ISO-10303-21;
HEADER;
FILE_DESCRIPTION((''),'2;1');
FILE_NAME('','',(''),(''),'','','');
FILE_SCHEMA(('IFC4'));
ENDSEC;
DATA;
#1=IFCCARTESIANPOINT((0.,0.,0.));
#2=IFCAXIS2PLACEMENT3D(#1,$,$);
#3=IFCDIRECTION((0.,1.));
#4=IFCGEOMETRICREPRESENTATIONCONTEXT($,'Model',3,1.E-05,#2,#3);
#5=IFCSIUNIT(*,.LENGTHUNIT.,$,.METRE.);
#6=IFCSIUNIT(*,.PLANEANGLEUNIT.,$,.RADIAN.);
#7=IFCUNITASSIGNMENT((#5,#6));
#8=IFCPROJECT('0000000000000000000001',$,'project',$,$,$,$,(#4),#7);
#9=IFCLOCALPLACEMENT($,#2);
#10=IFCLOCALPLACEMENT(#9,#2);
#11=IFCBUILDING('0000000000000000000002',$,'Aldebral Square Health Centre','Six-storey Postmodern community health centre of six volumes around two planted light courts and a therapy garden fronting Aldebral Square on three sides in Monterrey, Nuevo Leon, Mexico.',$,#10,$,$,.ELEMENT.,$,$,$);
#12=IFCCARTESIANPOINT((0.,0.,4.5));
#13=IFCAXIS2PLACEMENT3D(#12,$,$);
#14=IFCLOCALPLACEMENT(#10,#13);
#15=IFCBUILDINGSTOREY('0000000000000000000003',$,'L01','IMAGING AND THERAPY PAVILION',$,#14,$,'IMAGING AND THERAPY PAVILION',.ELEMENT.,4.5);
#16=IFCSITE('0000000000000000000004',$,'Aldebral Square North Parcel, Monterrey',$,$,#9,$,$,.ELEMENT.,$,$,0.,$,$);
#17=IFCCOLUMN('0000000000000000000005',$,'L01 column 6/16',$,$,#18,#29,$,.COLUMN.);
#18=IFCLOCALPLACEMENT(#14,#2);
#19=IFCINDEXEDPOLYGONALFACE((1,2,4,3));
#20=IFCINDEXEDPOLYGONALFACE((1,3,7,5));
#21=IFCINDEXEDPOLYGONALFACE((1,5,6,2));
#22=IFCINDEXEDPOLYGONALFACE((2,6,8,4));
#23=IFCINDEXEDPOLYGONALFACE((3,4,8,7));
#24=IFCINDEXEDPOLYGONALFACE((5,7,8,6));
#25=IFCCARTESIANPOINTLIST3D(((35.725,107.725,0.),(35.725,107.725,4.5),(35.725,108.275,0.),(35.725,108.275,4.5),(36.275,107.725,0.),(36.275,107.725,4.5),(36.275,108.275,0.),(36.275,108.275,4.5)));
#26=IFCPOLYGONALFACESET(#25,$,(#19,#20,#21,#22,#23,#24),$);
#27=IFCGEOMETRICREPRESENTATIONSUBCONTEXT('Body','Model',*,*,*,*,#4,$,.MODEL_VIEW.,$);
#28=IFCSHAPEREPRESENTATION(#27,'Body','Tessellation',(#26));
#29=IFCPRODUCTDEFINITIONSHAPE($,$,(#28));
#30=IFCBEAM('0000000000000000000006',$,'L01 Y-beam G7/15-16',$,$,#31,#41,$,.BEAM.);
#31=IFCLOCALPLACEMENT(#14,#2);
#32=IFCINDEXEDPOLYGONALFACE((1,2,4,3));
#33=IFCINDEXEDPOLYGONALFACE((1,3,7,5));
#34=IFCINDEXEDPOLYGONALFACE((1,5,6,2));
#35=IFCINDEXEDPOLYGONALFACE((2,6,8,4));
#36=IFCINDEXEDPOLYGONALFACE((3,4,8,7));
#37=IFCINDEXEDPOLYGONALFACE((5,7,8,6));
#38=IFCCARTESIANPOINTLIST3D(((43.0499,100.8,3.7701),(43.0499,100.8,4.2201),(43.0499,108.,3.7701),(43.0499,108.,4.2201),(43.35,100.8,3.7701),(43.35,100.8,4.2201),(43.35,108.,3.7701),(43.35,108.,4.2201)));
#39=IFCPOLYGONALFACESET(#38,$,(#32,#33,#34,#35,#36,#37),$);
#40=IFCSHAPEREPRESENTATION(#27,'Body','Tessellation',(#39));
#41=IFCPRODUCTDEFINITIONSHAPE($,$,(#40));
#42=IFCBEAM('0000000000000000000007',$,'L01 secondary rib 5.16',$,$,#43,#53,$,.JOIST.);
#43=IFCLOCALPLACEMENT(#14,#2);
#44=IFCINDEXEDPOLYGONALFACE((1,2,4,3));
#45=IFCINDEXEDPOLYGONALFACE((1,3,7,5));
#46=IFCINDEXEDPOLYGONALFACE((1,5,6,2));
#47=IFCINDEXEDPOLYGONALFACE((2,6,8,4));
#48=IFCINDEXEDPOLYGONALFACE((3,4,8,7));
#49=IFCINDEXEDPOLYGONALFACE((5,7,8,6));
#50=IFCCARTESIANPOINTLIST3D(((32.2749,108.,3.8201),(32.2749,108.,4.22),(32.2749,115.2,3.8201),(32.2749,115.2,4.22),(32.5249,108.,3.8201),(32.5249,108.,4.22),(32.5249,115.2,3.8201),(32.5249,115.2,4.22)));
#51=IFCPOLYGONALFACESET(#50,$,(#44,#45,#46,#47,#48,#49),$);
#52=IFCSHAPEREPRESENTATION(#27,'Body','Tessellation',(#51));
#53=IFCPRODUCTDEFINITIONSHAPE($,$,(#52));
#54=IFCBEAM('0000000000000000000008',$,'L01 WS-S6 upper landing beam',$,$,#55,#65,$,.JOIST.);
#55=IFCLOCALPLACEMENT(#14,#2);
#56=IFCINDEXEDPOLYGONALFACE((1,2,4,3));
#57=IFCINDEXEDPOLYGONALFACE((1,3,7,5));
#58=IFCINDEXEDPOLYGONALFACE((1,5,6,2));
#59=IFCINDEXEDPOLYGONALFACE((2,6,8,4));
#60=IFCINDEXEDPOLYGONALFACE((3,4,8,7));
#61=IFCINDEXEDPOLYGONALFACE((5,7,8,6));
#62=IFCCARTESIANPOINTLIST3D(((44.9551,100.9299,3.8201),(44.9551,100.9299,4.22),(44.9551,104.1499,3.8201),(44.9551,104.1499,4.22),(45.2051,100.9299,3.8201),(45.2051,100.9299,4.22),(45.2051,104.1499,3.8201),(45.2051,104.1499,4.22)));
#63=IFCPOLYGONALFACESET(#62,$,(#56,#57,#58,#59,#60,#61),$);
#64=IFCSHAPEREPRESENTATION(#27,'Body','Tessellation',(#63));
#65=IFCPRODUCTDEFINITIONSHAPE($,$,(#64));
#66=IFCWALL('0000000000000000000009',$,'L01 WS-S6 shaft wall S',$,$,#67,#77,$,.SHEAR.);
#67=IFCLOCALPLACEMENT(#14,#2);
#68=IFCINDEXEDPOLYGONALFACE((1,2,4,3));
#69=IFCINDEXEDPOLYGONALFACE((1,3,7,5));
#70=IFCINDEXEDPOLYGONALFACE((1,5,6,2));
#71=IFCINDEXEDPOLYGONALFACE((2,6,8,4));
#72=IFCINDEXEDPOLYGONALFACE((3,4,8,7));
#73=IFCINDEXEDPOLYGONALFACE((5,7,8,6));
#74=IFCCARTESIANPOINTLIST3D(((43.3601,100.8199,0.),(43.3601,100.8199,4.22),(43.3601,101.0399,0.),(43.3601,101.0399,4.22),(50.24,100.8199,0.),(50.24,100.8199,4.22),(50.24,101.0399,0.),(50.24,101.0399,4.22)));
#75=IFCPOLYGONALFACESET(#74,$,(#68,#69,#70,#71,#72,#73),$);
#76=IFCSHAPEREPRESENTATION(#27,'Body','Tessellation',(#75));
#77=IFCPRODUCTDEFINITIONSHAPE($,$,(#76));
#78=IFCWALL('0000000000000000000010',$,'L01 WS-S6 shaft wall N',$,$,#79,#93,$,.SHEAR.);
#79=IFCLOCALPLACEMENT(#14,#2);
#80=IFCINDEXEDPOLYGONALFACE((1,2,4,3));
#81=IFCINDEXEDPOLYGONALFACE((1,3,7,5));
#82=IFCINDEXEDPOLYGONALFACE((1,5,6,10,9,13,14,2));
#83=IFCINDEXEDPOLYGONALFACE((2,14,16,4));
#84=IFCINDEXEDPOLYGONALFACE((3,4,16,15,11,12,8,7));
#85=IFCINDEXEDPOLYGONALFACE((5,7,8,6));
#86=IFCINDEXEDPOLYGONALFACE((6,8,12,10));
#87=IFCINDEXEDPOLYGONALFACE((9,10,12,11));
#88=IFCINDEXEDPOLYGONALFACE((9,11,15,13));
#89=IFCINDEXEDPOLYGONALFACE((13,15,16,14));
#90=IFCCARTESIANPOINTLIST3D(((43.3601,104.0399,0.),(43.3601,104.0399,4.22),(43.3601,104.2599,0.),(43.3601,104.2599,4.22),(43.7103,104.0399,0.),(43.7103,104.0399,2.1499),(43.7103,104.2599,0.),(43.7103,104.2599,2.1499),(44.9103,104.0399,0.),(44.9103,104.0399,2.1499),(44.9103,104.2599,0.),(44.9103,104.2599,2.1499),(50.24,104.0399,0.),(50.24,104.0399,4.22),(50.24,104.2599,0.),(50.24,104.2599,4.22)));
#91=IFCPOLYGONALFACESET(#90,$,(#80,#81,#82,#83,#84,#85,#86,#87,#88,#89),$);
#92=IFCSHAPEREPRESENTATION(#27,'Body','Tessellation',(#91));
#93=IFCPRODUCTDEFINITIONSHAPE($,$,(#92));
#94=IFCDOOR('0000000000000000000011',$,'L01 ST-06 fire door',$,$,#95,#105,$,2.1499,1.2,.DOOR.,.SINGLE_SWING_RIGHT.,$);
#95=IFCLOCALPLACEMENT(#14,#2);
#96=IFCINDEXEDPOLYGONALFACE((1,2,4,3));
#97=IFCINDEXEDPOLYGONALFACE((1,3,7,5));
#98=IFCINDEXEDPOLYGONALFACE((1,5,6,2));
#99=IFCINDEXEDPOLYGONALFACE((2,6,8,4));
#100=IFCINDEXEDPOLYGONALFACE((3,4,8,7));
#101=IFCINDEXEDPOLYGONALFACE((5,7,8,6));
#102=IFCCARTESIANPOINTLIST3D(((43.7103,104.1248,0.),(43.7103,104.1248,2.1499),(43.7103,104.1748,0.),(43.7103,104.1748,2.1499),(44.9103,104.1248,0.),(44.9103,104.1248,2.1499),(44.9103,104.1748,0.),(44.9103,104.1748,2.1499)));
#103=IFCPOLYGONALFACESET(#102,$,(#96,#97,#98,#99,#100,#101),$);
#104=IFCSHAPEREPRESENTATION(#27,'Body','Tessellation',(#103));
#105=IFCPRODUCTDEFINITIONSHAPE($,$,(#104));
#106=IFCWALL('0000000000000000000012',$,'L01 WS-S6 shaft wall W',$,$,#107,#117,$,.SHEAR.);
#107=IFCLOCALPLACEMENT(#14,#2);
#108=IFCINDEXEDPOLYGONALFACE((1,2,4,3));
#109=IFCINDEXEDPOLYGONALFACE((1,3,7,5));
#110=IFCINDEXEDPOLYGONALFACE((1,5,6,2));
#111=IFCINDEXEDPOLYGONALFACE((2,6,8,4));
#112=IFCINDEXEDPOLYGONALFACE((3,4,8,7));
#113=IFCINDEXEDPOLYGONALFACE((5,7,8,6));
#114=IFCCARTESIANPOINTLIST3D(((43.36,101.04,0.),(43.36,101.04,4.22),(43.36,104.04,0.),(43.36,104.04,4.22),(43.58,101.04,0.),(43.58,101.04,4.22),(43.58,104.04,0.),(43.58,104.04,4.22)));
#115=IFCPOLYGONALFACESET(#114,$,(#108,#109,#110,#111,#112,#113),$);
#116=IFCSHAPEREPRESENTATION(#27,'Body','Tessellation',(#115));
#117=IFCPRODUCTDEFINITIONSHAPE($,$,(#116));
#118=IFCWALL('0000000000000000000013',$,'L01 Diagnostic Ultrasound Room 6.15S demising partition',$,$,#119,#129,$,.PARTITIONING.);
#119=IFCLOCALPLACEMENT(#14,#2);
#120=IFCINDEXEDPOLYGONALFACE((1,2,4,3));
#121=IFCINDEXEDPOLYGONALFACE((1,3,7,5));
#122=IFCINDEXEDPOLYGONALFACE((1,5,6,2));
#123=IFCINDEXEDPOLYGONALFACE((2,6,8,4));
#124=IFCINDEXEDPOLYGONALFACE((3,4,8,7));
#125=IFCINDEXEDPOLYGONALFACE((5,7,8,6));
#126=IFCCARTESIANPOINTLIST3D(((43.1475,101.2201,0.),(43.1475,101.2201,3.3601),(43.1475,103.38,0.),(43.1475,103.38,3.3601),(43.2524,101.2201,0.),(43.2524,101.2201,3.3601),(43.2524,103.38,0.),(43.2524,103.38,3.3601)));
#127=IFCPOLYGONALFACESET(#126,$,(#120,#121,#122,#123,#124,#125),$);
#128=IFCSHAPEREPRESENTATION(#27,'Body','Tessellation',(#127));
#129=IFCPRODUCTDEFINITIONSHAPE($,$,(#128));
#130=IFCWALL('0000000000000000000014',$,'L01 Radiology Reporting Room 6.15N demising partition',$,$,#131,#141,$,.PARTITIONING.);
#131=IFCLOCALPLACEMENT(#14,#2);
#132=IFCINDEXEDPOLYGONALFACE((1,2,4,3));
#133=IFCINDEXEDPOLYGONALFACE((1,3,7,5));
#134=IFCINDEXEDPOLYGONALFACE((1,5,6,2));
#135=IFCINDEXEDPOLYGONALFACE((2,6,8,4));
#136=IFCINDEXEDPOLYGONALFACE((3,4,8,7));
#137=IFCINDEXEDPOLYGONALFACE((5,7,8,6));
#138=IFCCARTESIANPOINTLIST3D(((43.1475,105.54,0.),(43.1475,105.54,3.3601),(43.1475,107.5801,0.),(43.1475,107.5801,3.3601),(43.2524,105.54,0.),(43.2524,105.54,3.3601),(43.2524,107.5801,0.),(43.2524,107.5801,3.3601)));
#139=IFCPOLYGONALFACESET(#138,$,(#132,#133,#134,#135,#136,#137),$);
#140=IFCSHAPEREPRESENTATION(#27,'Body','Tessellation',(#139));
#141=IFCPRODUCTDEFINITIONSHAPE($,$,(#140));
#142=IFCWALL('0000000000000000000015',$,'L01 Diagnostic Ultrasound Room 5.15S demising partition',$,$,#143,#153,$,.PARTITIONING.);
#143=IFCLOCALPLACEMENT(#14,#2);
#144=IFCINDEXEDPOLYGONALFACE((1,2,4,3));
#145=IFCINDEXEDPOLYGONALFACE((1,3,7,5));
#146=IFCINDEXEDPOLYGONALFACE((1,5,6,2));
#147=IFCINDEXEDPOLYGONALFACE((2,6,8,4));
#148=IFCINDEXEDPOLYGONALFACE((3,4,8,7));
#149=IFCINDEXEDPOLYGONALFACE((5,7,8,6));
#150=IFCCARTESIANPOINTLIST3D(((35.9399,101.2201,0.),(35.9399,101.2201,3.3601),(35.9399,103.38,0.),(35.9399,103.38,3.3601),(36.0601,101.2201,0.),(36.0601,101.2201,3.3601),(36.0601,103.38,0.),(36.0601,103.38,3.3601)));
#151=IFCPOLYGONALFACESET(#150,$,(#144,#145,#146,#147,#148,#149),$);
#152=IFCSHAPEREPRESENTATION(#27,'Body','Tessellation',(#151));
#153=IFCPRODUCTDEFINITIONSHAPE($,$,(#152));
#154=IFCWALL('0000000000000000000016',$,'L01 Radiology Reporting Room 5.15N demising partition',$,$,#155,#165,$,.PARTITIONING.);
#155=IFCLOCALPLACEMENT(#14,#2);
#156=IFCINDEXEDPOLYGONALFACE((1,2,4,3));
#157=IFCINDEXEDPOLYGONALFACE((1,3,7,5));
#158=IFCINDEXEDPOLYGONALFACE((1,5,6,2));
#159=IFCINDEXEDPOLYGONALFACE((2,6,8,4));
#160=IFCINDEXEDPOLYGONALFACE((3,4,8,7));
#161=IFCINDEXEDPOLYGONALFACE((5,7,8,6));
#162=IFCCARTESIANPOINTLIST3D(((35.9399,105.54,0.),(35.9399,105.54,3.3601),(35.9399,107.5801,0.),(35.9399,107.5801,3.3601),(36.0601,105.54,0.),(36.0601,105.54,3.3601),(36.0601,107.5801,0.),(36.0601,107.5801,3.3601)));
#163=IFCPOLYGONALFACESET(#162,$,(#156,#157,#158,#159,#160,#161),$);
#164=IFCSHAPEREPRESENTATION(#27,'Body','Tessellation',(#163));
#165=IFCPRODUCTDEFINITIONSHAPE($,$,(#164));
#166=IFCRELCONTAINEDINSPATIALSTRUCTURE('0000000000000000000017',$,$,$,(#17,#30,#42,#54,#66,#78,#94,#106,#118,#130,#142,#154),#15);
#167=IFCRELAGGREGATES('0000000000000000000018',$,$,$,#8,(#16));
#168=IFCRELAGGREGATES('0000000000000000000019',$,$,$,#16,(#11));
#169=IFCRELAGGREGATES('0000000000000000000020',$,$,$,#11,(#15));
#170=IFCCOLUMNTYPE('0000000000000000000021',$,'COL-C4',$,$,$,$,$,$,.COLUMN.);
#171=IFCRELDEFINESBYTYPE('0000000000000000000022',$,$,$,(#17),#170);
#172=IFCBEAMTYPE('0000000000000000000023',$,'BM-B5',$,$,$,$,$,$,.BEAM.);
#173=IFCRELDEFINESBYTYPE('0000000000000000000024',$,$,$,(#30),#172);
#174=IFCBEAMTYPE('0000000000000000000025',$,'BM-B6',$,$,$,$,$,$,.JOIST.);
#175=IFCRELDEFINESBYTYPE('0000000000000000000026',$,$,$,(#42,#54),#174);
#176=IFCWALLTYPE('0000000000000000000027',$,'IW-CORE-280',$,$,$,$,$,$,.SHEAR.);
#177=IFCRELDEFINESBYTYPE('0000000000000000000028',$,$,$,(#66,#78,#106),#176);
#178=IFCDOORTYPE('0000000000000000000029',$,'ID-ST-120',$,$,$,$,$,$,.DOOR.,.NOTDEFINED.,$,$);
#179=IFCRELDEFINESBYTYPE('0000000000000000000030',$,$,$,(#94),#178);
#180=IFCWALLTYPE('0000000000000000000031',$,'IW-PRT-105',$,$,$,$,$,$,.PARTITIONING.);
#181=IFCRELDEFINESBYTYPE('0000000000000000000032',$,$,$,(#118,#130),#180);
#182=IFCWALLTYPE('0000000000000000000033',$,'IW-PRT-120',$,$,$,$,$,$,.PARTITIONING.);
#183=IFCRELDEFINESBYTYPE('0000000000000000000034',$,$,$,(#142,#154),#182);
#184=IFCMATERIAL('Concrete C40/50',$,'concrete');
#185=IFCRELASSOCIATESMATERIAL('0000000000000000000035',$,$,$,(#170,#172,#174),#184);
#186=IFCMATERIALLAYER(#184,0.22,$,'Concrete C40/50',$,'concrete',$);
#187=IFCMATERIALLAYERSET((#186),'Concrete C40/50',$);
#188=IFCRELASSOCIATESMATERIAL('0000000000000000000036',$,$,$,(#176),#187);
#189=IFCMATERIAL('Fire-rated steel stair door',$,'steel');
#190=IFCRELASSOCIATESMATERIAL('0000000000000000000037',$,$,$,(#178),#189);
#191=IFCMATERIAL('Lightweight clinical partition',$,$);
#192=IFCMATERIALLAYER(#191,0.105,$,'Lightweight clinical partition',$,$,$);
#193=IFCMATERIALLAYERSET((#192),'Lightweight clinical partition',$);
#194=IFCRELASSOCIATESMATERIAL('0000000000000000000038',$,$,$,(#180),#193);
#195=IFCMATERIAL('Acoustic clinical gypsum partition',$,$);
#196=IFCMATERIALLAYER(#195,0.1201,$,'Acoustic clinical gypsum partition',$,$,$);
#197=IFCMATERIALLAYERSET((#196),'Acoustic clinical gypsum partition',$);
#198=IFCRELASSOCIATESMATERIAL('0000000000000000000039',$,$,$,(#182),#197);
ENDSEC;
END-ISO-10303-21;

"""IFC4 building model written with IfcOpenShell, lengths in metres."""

from ifc_helpers import new_model, si_unit, direction, frame, frame_2d, origin, origin_2d, place, context, subcontext, project, spatial, rectangle, extrude, material, layer, layer_set, material_profile, profile_set, type_object, element, fill, save


model = new_model("IFC4")

# Units and contexts
model_context = context("Model", 3, precision=1e-05, world=origin(), true_north=direction((0.0, 1.0)))
body_context = subcontext(model_context, "Body", "Model", "MODEL_VIEW")
ifc_project = project(units=[si_unit("LENGTHUNIT", "METRE"), si_unit("PLANEANGLEUNIT", "RADIAN")], contexts=[model_context])

# Site, building, storey
site_placement = place(None, origin())
site = spatial("IfcSite", under=ifc_project, at=site_placement, Name="Aldebral Square North Parcel, Monterrey", CompositionType="ELEMENT", RefElevation=0.0)
building_placement = place(site_placement, origin())
building = spatial("IfcBuilding", under=site, at=building_placement, Name="Aldebral Square Health Centre", Description="Six-storey Postmodern community health centre of six volumes around two planted light courts and a therapy garden fronting Aldebral Square on three sides in Monterrey, Nuevo Leon, Mexico.", CompositionType="ELEMENT")
storey_placement = place(building_placement, frame((0.0, 0.0, 4.5)))
storey = spatial("IfcBuildingStorey", under=building, at=storey_placement, Name="L01", Description="IMAGING AND THERAPY PAVILION", LongName="IMAGING AND THERAPY PAVILION", CompositionType="ELEMENT", Elevation=4.5)

# Column
ifc_material_1 = material(Name="Concrete C40/50", Category="concrete")
ifc_material_profile_1 = material_profile(ifc_material_1, rectangle(XDim=0.55, YDim=0.55, at=origin_2d()), Name="RC 550x550")
ifc_profile_set_1 = profile_set([ifc_material_profile_1], Name="Concrete C40/50")
column_type = type_object("IfcColumnType", Name="COL-C4", PredefinedType="COLUMN", material=ifc_profile_set_1)
column_placement = place(storey_placement, frame((36.0, 108.0, 0.0), z_axis=(0.0, 0.0, 1.0), x_axis=(1.0, 0.0, 0.0)))
element("IfcColumn", 1, at=column_placement, inside=storey, type_object=column_type, Name="L01 column 6/16", PredefinedType="COLUMN", context=body_context, shape_type="SweptSolid", body=[
    extrude(rectangle(XDim=0.55, YDim=0.55, at=origin_2d()), origin(), (0.0, 0.0, 1.0), 4.5),
])

# Beams
ifc_material_profile_2 = material_profile(ifc_material_1, rectangle(XDim=0.3, YDim=0.45, at=origin_2d()), Name="RC 300x450")
ifc_profile_set_2 = profile_set([ifc_material_profile_2], Name="Concrete C40/50")
beam_type_1 = type_object("IfcBeamType", Name="BM-B5", PredefinedType="BEAM", material=ifc_profile_set_2)
beam_1_placement = place(storey_placement, frame((43.2, 100.8, 3.9951), z_axis=(0.0, 1.0, 0.0), x_axis=(-1.0, 0.0, 0.0)))
element("IfcBeam", 2, at=beam_1_placement, inside=storey, type_object=beam_type_1, Name="L01 Y-beam G7/15-16", PredefinedType="BEAM", context=body_context, shape_type="SweptSolid", body=[
    extrude(rectangle(XDim=0.3, YDim=0.45, at=origin_2d()), origin(), (0.0, 0.0, 1.0), 7.2),
])
ifc_material_profile_3 = material_profile(ifc_material_1, rectangle(XDim=0.25, YDim=0.3999, at=origin_2d()), Name="RC 250x400")
ifc_profile_set_3 = profile_set([ifc_material_profile_3], Name="Concrete C40/50")
beam_type_2 = type_object("IfcBeamType", Name="BM-B6", PredefinedType="JOIST", material=ifc_profile_set_3)
beam_2_placement = place(storey_placement, frame((32.3999, 108.0, 4.02), z_axis=(0.0, 1.0, 0.0), x_axis=(-1.0, 0.0, 0.0)))
element("IfcBeam", 3, at=beam_2_placement, inside=storey, type_object=beam_type_2, Name="L01 secondary rib 5.16", PredefinedType="JOIST", context=body_context, shape_type="SweptSolid", body=[
    extrude(rectangle(XDim=0.25, YDim=0.3999, at=origin_2d()), origin(), (0.0, 0.0, 1.0), 7.2),
])
beam_3_placement = place(storey_placement, frame((45.0801, 100.9299, 4.02), z_axis=(0.0, 1.0, 0.0), x_axis=(-1.0, 0.0, 0.0)))
element("IfcBeam", 4, at=beam_3_placement, inside=storey, type_object=beam_type_2, Name="L01 WS-S6 upper landing beam", PredefinedType="JOIST", context=body_context, shape_type="SweptSolid", body=[
    extrude(rectangle(XDim=0.25, YDim=0.3999, at=origin_2d()), origin(), (0.0, 0.0, 1.0), 3.22),
])

# Wall
ifc_layer_1 = layer(ifc_material_1, 0.22, Name="Concrete C40/50", Category="concrete")
ifc_layer_set_1 = layer_set([ifc_layer_1], Name="Concrete C40/50")
wall_type_1 = type_object("IfcWallType", Name="IW-CORE-280", PredefinedType="SHEAR", material=ifc_layer_set_1)
wall_1_placement = place(storey_placement, frame((43.3601, 100.9299, 0.0), z_axis=(0.0, 0.0, 1.0), x_axis=(1.0, 0.0, 0.0)))
element("IfcWall", 5, at=wall_1_placement, inside=storey, type_object=wall_type_1, Name="L01 WS-S6 shaft wall S", PredefinedType="SHEAR", context=body_context, shape_type="SweptSolid", body=[
    extrude(rectangle(XDim=6.8799, YDim=0.22, at=frame_2d((3.4399, 0.0))), origin(), (0.0, 0.0, 1.0), 4.22),
])

# Wall, opening, door
wall_2_placement = place(storey_placement, frame((43.3601, 104.1499, 0.0), z_axis=(0.0, 0.0, 1.0), x_axis=(1.0, 0.0, 0.0)))
wall_2 = element("IfcWall", 6, at=wall_2_placement, inside=storey, type_object=wall_type_1, Name="L01 WS-S6 shaft wall N", PredefinedType="SHEAR", context=body_context, shape_type="SweptSolid", body=[
    extrude(rectangle(XDim=6.8799, YDim=0.22, at=frame_2d((3.4399, 0.0))), origin(), (0.0, 0.0, 1.0), 4.22),
])
opening_1_placement = place(wall_2_placement, frame((0.3501, 0.0, 0.0)))
opening_1 = element("IfcOpeningElement", 7, at=opening_1_placement, cuts=wall_2, PredefinedType="OPENING", context=body_context, shape_type="SweptSolid", body=[
    extrude(rectangle(XDim=1.2, YDim=2.1499, at=frame_2d((0.6001, 1.075))), frame((0.0, 0.1201, 0.0), z_axis=(0.0, -1.0, 0.0), x_axis=(1.0, 0.0, 0.0)), (0.0, 0.0, 1.0), 0.24),
])
ifc_material_2 = material(Name="Fire-rated steel stair door", Category="steel")
door_type_1 = type_object("IfcDoorType", Name="ID-ST-120", OperationType="NOTDEFINED", PredefinedType="DOOR", material=ifc_material_2)
door_1_placement = place(opening_1_placement, origin())
door_1 = element("IfcDoor", 8, at=door_1_placement, inside=storey, type_object=door_type_1, Name="L01 ST-06 fire door", OperationType="SINGLE_SWING_RIGHT", OverallHeight=2.1499, OverallWidth=1.2, PredefinedType="DOOR", context=body_context, shape_type="SweptSolid", body=[
    extrude(rectangle(XDim=1.2, YDim=2.1499, at=frame_2d((0.6001, 1.075))), frame((0.0, 0.0249, 0.0), z_axis=(0.0, -1.0, 0.0), x_axis=(1.0, 0.0, 0.0)), (0.0, 0.0, 1.0), 0.05),
])
fill(opening_1, door_1)

# Walls
wall_3_placement = place(storey_placement, frame((43.47, 101.04, 0.0), z_axis=(0.0, 0.0, 1.0), x_axis=(0.0, 1.0, 0.0)))
element("IfcWall", 9, at=wall_3_placement, inside=storey, type_object=wall_type_1, Name="L01 WS-S6 shaft wall W", PredefinedType="SHEAR", context=body_context, shape_type="SweptSolid", body=[
    extrude(rectangle(XDim=3.0, YDim=0.22, at=frame_2d((1.5, 0.0))), origin(), (0.0, 0.0, 1.0), 4.22),
])
ifc_material_3 = material(Name="Lightweight clinical partition")
ifc_layer_2 = layer(ifc_material_3, 0.105, Name="Lightweight clinical partition")
ifc_layer_set_2 = layer_set([ifc_layer_2], Name="Lightweight clinical partition")
wall_type_2 = type_object("IfcWallType", Name="IW-PRT-105", PredefinedType="PARTITIONING", material=ifc_layer_set_2)
wall_4_placement = place(storey_placement, frame((43.2, 101.22, 0.0), z_axis=(0.0, 0.0, 1.0), x_axis=(0.0, 1.0, 0.0)))
element("IfcWall", 10, at=wall_4_placement, inside=storey, type_object=wall_type_2, Name="L01 Diagnostic Ultrasound Room 6.15S demising partition", PredefinedType="PARTITIONING", context=body_context, shape_type="SweptSolid", body=[
    extrude(rectangle(XDim=2.1599, YDim=0.105, at=frame_2d((1.0801, 0.0))), origin(), (0.0, 0.0, 1.0), 3.3601),
])
wall_5_placement = place(storey_placement, frame((43.2, 105.54, 0.0), z_axis=(0.0, 0.0, 1.0), x_axis=(0.0, 1.0, 0.0)))
element("IfcWall", 11, at=wall_5_placement, inside=storey, type_object=wall_type_2, Name="L01 Radiology Reporting Room 6.15N demising partition", PredefinedType="PARTITIONING", context=body_context, shape_type="SweptSolid", body=[
    extrude(rectangle(XDim=2.04, YDim=0.105, at=frame_2d((1.02, 0.0))), origin(), (0.0, 0.0, 1.0), 3.3601),
])
ifc_material_4 = material(Name="Acoustic clinical gypsum partition")
ifc_layer_3 = layer(ifc_material_4, 0.1201, Name="Acoustic clinical gypsum partition")
ifc_layer_set_3 = layer_set([ifc_layer_3], Name="Acoustic clinical gypsum partition")
wall_type_3 = type_object("IfcWallType", Name="IW-PRT-120", PredefinedType="PARTITIONING", material=ifc_layer_set_3)
wall_6_placement = place(storey_placement, frame((36.0, 101.22, 0.0), z_axis=(0.0, 0.0, 1.0), x_axis=(0.0, 1.0, 0.0)))
element("IfcWall", 12, at=wall_6_placement, inside=storey, type_object=wall_type_3, Name="L01 Diagnostic Ultrasound Room 5.15S demising partition", PredefinedType="PARTITIONING", context=body_context, shape_type="SweptSolid", body=[
    extrude(rectangle(XDim=2.1599, YDim=0.1201, at=frame_2d((1.0801, 0.0))), origin(), (0.0, 0.0, 1.0), 3.3601),
])
wall_7_placement = place(storey_placement, frame((36.0, 105.54, 0.0), z_axis=(0.0, 0.0, 1.0), x_axis=(0.0, 1.0, 0.0)))
element("IfcWall", 13, at=wall_7_placement, inside=storey, type_object=wall_type_3, Name="L01 Radiology Reporting Room 5.15N demising partition", PredefinedType="PARTITIONING", context=body_context, shape_type="SweptSolid", body=[
    extrude(rectangle(XDim=2.04, YDim=0.1201, at=frame_2d((1.02, 0.0))), origin(), (0.0, 0.0, 1.0), 3.3601),
])

save(model, "model.ifc")
